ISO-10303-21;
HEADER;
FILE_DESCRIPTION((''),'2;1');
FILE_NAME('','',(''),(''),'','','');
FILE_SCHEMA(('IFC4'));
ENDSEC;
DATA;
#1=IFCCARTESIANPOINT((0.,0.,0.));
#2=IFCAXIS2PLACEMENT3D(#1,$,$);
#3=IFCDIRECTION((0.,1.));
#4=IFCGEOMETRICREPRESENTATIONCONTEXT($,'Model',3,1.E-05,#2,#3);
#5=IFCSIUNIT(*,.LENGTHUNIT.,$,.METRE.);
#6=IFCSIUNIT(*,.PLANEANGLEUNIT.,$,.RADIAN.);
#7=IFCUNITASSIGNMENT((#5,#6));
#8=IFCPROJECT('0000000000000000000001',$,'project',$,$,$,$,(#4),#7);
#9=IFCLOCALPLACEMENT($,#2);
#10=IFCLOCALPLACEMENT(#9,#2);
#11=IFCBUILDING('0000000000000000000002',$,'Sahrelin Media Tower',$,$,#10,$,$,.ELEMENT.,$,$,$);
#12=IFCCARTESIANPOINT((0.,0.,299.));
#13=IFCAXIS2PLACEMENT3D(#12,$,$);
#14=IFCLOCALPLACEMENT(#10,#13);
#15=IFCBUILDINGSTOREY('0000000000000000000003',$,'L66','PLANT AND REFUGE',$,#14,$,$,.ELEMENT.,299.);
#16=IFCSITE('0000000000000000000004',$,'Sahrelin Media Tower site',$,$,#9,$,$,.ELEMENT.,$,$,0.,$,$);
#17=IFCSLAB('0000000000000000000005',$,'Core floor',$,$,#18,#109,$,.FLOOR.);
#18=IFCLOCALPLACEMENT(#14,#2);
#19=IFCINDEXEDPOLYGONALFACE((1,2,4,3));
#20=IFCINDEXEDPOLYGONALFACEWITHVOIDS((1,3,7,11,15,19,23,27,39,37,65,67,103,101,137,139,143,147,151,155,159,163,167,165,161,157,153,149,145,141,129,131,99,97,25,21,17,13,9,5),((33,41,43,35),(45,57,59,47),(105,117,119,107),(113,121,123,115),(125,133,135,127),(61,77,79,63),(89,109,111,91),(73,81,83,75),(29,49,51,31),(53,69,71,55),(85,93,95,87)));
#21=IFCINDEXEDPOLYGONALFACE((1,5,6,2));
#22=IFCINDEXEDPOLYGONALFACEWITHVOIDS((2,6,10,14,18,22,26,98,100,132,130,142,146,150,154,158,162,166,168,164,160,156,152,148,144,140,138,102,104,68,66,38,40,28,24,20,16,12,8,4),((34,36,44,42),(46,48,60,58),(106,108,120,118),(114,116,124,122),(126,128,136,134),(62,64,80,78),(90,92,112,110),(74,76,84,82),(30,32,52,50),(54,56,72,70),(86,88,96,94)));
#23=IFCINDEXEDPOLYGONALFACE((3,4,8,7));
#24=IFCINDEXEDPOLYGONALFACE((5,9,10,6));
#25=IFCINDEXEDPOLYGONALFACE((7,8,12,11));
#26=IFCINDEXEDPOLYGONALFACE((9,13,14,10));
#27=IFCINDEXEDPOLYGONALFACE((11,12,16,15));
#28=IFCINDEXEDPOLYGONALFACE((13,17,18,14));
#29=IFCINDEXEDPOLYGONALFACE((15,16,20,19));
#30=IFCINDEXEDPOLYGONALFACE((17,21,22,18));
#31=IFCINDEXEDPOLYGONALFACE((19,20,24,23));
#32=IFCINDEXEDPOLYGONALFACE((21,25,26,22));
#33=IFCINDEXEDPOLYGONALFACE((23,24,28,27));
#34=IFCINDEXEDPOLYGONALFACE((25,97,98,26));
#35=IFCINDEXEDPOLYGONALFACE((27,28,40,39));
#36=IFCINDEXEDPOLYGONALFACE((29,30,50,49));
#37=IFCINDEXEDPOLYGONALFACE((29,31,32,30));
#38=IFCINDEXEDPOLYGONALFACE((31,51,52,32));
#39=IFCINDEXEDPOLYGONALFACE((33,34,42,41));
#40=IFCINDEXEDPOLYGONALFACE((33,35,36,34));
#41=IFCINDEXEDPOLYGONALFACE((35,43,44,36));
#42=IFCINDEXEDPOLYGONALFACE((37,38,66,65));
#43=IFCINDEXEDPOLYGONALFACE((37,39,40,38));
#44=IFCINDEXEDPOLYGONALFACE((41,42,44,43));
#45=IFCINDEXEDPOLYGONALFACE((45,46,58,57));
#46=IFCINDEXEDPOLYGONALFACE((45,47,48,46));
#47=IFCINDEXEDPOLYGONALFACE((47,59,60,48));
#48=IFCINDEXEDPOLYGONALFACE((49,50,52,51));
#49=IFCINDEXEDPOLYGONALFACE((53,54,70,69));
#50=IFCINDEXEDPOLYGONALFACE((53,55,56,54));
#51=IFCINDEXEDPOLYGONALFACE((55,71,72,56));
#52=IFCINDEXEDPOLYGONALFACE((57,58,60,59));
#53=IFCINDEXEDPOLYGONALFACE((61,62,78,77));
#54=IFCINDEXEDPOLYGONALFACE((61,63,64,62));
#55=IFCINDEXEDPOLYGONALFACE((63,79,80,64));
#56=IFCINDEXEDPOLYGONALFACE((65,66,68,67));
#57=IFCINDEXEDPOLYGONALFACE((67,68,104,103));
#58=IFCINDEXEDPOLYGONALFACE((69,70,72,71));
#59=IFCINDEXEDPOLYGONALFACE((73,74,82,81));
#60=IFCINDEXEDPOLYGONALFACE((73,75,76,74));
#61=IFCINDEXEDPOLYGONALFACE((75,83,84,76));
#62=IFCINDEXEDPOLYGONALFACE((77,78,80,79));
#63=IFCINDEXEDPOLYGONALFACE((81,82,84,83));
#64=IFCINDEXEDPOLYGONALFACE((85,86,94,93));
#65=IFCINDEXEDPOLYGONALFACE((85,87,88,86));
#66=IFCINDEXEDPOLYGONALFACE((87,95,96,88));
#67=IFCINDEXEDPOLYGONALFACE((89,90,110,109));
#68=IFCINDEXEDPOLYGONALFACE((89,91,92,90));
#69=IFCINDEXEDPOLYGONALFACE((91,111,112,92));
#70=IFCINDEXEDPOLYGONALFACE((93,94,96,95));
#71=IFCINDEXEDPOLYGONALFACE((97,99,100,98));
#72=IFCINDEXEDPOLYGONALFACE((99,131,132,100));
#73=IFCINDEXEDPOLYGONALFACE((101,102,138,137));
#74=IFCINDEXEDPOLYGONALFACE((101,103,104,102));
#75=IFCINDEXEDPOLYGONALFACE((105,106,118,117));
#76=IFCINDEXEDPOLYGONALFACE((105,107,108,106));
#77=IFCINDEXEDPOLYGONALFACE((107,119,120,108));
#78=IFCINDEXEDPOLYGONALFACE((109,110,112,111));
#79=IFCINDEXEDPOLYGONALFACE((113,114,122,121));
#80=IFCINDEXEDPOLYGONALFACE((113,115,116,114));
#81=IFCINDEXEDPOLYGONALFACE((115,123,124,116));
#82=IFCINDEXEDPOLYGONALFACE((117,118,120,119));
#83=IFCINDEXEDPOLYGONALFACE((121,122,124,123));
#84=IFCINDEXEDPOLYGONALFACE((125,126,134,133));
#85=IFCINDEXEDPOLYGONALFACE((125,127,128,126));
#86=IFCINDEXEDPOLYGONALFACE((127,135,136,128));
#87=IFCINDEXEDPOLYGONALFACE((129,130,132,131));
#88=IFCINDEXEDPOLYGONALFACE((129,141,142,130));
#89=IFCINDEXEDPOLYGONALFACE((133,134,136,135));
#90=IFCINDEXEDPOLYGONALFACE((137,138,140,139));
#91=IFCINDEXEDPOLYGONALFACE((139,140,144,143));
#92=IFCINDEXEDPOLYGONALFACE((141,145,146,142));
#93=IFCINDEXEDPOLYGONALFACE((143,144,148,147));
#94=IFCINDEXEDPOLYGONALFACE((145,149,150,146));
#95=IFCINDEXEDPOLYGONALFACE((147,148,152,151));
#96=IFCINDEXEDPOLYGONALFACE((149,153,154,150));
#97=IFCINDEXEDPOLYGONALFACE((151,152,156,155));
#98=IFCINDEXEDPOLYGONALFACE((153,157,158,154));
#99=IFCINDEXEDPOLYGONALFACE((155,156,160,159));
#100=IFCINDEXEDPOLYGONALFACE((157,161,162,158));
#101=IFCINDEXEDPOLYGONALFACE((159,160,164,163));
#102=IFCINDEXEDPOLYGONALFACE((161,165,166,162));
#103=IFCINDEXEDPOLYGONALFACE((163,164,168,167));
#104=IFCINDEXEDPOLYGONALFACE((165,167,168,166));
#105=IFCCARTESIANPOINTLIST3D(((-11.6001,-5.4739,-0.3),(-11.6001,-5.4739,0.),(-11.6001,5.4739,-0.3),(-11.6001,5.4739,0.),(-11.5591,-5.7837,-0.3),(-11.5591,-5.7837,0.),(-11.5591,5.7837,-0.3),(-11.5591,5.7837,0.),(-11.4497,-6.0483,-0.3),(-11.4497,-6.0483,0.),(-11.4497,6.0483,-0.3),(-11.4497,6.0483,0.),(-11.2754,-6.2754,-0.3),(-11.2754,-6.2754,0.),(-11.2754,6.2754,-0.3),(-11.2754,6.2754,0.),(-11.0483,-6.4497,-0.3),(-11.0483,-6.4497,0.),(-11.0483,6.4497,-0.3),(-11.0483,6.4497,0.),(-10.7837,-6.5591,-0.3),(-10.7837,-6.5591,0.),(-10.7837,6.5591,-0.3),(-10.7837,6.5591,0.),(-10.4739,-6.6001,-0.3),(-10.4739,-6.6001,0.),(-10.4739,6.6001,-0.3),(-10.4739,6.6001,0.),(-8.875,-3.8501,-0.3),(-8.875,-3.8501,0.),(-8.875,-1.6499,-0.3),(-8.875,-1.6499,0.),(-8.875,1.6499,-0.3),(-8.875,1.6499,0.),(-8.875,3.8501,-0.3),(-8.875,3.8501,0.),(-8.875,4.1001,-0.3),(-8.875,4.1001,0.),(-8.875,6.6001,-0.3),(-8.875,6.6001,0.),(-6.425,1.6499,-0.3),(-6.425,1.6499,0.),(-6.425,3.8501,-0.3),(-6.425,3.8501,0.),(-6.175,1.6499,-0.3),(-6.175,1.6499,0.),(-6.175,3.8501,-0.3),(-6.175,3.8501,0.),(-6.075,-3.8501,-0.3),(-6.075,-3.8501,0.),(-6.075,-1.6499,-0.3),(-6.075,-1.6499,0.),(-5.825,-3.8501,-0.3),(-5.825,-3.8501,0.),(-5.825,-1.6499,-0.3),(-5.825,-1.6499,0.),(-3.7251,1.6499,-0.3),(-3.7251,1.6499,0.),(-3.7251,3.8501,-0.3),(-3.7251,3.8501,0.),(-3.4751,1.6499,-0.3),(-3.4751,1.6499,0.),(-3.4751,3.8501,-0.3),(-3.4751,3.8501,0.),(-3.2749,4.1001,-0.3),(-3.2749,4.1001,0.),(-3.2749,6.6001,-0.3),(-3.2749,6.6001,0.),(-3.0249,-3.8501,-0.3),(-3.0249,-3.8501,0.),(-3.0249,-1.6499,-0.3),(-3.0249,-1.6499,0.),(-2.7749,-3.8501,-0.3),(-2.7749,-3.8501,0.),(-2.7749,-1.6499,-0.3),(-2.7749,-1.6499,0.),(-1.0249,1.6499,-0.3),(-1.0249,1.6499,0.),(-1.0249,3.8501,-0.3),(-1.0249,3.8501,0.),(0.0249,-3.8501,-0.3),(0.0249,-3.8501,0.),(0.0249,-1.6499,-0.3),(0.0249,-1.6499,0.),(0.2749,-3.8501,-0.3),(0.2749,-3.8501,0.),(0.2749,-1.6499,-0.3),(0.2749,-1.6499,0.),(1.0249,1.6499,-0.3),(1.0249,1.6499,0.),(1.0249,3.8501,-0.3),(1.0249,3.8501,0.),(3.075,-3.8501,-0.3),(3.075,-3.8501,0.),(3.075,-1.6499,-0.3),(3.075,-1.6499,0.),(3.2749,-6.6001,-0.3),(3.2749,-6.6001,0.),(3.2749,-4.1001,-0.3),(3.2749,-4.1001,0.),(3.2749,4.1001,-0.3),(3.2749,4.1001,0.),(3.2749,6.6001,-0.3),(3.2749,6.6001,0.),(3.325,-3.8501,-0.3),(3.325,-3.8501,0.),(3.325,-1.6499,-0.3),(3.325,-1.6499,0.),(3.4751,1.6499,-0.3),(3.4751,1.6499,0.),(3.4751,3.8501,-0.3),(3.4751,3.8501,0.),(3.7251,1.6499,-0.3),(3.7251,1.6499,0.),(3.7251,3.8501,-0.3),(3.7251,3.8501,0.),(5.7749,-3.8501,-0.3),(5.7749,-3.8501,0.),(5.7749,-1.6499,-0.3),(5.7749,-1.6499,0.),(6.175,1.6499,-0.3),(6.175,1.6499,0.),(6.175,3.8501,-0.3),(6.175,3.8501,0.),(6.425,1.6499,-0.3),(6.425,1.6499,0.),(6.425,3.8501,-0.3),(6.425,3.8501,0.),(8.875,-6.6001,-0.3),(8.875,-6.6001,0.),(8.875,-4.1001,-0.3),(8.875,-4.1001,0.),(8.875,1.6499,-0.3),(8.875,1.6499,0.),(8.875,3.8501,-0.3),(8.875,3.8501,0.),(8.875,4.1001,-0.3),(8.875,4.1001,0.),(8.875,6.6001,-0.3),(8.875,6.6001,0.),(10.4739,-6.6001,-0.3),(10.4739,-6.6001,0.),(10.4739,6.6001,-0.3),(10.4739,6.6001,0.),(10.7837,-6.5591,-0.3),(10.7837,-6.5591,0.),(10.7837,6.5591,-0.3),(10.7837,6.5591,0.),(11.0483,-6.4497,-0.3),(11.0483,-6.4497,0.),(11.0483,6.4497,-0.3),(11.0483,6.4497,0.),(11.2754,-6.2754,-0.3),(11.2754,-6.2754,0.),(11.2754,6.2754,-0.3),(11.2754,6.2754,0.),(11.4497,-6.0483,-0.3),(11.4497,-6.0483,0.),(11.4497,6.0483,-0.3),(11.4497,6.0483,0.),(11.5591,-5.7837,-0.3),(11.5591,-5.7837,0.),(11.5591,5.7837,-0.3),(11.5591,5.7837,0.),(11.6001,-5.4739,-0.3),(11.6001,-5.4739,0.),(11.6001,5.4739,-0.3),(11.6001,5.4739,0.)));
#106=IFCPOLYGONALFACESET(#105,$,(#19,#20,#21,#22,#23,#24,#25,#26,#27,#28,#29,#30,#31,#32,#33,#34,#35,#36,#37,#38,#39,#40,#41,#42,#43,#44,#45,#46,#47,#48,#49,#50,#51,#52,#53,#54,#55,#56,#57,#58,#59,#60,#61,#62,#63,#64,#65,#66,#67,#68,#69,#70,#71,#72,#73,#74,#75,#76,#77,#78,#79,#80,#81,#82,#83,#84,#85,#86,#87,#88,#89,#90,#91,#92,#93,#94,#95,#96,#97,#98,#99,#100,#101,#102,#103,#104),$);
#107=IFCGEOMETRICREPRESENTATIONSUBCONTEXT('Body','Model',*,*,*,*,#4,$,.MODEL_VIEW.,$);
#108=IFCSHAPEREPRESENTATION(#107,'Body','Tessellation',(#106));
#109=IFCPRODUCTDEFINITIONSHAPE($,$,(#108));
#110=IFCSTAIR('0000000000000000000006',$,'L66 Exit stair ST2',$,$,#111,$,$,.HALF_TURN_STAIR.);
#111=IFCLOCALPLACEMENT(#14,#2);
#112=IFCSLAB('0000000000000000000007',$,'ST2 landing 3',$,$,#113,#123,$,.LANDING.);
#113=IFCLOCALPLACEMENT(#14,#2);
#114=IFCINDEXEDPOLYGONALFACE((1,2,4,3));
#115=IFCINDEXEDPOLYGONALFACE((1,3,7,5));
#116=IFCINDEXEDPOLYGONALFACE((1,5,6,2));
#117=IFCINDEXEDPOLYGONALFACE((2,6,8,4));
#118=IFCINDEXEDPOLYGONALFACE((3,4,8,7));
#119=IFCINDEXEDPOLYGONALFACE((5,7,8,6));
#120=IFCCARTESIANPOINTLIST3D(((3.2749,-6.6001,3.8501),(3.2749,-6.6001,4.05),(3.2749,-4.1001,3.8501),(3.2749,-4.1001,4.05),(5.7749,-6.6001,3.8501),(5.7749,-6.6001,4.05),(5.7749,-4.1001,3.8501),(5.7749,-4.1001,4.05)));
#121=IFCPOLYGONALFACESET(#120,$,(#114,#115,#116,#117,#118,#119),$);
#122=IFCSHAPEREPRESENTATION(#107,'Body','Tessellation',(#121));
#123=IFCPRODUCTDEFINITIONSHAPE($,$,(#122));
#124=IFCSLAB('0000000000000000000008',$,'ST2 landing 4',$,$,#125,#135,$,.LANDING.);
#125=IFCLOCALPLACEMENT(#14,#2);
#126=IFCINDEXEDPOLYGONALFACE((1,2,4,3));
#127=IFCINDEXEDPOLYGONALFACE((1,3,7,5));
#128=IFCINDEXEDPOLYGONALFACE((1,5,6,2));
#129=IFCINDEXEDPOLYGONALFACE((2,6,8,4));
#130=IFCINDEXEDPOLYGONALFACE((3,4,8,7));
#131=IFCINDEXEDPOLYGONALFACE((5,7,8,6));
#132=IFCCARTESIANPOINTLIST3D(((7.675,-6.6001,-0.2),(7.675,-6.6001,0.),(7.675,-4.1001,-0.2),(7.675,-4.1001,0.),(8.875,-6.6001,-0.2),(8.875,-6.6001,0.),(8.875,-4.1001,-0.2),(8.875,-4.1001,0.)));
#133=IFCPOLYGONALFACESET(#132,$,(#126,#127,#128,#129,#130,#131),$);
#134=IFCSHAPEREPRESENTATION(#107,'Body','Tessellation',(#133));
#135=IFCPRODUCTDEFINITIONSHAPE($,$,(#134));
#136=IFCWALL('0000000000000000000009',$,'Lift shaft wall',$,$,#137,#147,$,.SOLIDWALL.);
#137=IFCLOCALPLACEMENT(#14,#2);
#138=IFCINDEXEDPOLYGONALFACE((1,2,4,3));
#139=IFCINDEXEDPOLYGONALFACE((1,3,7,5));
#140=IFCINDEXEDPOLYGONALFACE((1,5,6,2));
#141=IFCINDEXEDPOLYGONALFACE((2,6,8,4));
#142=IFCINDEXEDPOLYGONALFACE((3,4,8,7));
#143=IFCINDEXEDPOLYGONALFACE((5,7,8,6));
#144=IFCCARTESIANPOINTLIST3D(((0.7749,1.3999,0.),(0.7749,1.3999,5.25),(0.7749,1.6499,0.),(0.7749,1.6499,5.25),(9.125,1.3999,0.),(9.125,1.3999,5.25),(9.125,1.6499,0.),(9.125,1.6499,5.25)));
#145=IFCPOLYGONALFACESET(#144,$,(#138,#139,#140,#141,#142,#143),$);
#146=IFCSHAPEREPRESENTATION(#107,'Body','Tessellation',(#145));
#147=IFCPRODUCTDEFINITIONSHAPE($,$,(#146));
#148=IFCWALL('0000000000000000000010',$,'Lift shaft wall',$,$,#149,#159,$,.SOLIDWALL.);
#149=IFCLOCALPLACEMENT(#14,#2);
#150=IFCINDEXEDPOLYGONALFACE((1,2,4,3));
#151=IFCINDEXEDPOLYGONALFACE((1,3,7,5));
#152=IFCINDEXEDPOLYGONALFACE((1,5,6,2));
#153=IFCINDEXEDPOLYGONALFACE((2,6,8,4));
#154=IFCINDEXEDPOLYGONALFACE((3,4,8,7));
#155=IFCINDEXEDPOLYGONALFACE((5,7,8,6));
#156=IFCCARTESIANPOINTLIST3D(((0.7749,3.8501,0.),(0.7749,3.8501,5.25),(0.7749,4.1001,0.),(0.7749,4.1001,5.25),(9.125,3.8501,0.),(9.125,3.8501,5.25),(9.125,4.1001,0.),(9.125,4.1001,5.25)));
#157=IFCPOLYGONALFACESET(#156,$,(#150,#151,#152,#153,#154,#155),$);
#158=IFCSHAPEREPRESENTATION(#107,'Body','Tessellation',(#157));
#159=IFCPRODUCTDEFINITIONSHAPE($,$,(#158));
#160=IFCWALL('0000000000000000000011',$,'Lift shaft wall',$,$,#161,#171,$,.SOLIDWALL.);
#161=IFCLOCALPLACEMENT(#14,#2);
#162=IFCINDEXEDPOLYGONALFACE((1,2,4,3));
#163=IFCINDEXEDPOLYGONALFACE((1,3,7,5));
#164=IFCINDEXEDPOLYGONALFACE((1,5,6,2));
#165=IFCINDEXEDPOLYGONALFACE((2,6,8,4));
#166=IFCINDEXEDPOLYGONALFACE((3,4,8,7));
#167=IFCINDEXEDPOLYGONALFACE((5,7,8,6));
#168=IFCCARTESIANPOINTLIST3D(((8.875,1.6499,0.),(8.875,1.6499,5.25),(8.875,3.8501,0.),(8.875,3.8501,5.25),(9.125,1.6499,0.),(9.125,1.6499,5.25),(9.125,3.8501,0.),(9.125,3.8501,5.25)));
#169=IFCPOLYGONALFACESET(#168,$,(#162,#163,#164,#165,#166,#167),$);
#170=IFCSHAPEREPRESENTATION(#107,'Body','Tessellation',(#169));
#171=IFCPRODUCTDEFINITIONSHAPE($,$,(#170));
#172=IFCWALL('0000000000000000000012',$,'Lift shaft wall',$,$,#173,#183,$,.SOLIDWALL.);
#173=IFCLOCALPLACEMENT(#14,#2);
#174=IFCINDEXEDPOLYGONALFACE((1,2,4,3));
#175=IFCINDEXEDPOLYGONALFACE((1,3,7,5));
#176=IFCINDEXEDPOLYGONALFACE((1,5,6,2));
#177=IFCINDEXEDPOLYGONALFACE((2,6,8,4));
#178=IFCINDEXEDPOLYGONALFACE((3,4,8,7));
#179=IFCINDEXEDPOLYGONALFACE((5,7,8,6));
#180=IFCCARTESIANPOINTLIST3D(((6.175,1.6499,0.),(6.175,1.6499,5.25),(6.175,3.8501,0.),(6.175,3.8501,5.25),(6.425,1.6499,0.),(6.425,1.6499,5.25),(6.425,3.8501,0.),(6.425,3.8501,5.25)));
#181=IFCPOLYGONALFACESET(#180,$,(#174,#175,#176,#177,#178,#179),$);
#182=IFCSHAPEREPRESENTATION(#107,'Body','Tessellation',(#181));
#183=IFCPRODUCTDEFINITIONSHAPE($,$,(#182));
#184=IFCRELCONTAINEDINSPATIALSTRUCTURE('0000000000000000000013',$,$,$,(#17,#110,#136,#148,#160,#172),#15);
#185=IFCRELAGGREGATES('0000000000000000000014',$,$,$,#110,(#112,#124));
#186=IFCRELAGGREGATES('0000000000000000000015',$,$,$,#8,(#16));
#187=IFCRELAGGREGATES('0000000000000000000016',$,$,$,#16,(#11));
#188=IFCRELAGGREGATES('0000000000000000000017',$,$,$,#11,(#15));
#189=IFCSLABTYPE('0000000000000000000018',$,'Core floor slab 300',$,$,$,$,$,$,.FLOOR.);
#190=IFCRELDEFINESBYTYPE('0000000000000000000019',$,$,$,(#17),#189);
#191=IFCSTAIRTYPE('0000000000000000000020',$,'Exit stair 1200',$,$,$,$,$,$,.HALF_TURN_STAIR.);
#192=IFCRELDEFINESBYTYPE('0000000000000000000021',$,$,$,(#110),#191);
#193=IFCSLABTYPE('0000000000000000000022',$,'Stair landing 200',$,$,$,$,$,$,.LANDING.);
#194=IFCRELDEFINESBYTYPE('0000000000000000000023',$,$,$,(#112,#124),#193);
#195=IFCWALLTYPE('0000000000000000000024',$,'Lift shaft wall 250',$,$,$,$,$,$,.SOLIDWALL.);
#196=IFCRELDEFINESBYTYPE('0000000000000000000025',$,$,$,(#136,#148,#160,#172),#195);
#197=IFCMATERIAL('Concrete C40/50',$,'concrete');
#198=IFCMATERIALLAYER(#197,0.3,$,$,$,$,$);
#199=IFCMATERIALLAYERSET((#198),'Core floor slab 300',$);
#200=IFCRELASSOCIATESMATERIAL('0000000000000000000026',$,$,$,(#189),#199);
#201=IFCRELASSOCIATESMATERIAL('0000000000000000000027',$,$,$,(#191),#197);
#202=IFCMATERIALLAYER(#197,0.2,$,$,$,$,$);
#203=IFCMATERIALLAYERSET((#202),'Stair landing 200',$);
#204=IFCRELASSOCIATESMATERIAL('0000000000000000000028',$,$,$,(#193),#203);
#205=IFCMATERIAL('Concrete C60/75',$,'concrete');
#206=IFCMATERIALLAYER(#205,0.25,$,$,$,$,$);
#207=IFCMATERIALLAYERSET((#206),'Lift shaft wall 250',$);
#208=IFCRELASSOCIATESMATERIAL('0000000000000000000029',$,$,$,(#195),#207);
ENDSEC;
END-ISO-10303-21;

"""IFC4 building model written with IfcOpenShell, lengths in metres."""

from ifc_helpers import new_model, si_unit, direction, frame, frame_2d, origin, place, context, subcontext, project, spatial, polyline, rectangle, outline, extrude, material, layer, layer_set, type_object, element, aggregate, save


model = new_model("IFC4")

# Units and contexts
model_context = context("Model", 3, precision=1e-05, world=origin(), true_north=direction((0.0, 1.0)))
body_context = subcontext(model_context, "Body", "Model", "MODEL_VIEW")
ifc_project = project(units=[si_unit("LENGTHUNIT", "METRE"), si_unit("PLANEANGLEUNIT", "RADIAN")], contexts=[model_context])

# Site, building, storey
site_placement = place(None, origin())
site = spatial("IfcSite", under=ifc_project, at=site_placement, Name="Sahrelin Media Tower site", CompositionType="ELEMENT", RefElevation=0.0)
building_placement = place(site_placement, origin())
building = spatial("IfcBuilding", under=site, at=building_placement, Name="Sahrelin Media Tower", CompositionType="ELEMENT")
storey_placement = place(building_placement, frame((0.0, 0.0, 299.0)))
storey = spatial("IfcBuildingStorey", under=building, at=storey_placement, Name="L66", Description="PLANT AND REFUGE", CompositionType="ELEMENT", Elevation=299.0)

# Slab
ifc_material_1 = material(Name="Concrete C40/50", Category="concrete")
ifc_layer_1 = layer(ifc_material_1, 0.3)
ifc_layer_set_1 = layer_set([ifc_layer_1], Name="Core floor slab 300")
slab_type_1 = type_object("IfcSlabType", Name="Core floor slab 300", PredefinedType="FLOOR", material=ifc_layer_set_1)
slab_1_placement = place(storey_placement, frame((0.0, 0.0, -0.3)))
element("IfcSlab", 1, at=slab_1_placement, inside=storey, type_object=slab_type_1, Name="Core floor", PredefinedType="FLOOR", context=body_context, shape_type="SweptSolid", body=[
    extrude(outline(polyline([(-11.6001, -5.4739), (-11.5591, -5.7837), (-11.4497, -6.0483), (-11.2754, -6.2754), (-11.0483, -6.4497), (-10.7837, -6.5591), (-10.4739, -6.6001), (3.2749, -6.6001), (3.2749, -4.1001), (8.875, -4.1001), (8.875, -6.6001), (10.4739, -6.6001), (10.7837, -6.5591), (11.0483, -6.4497), (11.2754, -6.2754), (11.4497, -6.0483), (11.5591, -5.7837), (11.6001, -5.4739), (11.6001, 5.4739), (11.5591, 5.7837), (11.4497, 6.0483), (11.2754, 6.2754), (11.0483, 6.4497), (10.7837, 6.5591), (10.4739, 6.6001), (8.875, 6.6001), (8.875, 4.1001), (3.2749, 4.1001), (3.2749, 6.6001), (-3.2749, 6.6001), (-3.2749, 4.1001), (-8.875, 4.1001), (-8.875, 6.6001), (-10.4739, 6.6001), (-10.7837, 6.5591), (-11.0483, 6.4497), (-11.2754, 6.2754), (-11.4497, 6.0483), (-11.5591, 5.7837), (-11.6001, 5.4739), (-11.6001, -5.4739)]), holes=[polyline([(-8.875, 3.8501), (-8.875, 1.6499), (-6.425, 1.6499), (-6.425, 3.8501), (-8.875, 3.8501)]), polyline([(-3.7251, 3.8501), (-6.175, 3.8501), (-6.175, 1.6499), (-3.7251, 1.6499), (-3.7251, 3.8501)]), polyline([(-1.0249, 1.6499), (-1.0249, 3.8501), (-3.4751, 3.8501), (-3.4751, 1.6499), (-1.0249, 1.6499)]), polyline([(1.0249, 1.6499), (3.4751, 1.6499), (3.4751, 3.8501), (1.0249, 3.8501), (1.0249, 1.6499)]), polyline([(3.7251, 3.8501), (3.7251, 1.6499), (6.175, 1.6499), (6.175, 3.8501), (3.7251, 3.8501)]), polyline([(8.875, 3.8501), (6.425, 3.8501), (6.425, 1.6499), (8.875, 1.6499), (8.875, 3.8501)]), polyline([(-6.075, -3.8501), (-6.075, -1.6499), (-8.875, -1.6499), (-8.875, -3.8501), (-6.075, -3.8501)]), polyline([(-5.825, -3.8501), (-3.0249, -3.8501), (-3.0249, -1.6499), (-5.825, -1.6499), (-5.825, -3.8501)]), polyline([(-2.7749, -1.6499), (-2.7749, -3.8501), (0.0249, -3.8501), (0.0249, -1.6499), (-2.7749, -1.6499)]), polyline([(3.075, -1.6499), (0.2749, -1.6499), (0.2749, -3.8501), (3.075, -3.8501), (3.075, -1.6499)]), polyline([(5.7749, -3.8501), (5.7749, -1.6499), (3.325, -1.6499), (3.325, -3.8501), (5.7749, -3.8501)])]), origin(), (0.0, 0.0, 1.0), 0.3),
])

# Stair, slabs
stair_type = type_object("IfcStairType", Name="Exit stair 1200", PredefinedType="HALF_TURN_STAIR", material=ifc_material_1)
stair_placement = place(storey_placement, origin())
stair = element("IfcStair", 2, at=stair_placement, inside=storey, type_object=stair_type, Name="L66 Exit stair ST2", PredefinedType="HALF_TURN_STAIR")
ifc_layer_2 = layer(ifc_material_1, 0.2)
ifc_layer_set_2 = layer_set([ifc_layer_2], Name="Stair landing 200")
slab_type_2 = type_object("IfcSlabType", Name="Stair landing 200", PredefinedType="LANDING", material=ifc_layer_set_2)
slab_2_placement = place(storey_placement, frame((0.0, 0.0, 3.8501)))
slab_2 = element("IfcSlab", 3, at=slab_2_placement, type_object=slab_type_2, Name="ST2 landing 3", PredefinedType="LANDING", context=body_context, shape_type="SweptSolid", body=[
    extrude(outline(polyline([(5.7749, -4.1001), (3.2749, -4.1001), (3.2749, -6.6001), (5.7749, -6.6001), (5.7749, -4.1001)])), origin(), (0.0, 0.0, 1.0), 0.2),
])
slab_3_placement = place(storey_placement, frame((0.0, 0.0, -0.2)))
slab_3 = element("IfcSlab", 4, at=slab_3_placement, type_object=slab_type_2, Name="ST2 landing 4", PredefinedType="LANDING", context=body_context, shape_type="SweptSolid", body=[
    extrude(outline(polyline([(8.875, -4.1001), (7.675, -4.1001), (7.675, -6.6001), (8.875, -6.6001), (8.875, -4.1001)])), origin(), (0.0, 0.0, 1.0), 0.2),
])
aggregate(stair, [slab_2, slab_3])

# Walls
ifc_material_2 = material(Name="Concrete C60/75", Category="concrete")
ifc_layer_3 = layer(ifc_material_2, 0.25)
ifc_layer_set_3 = layer_set([ifc_layer_3], Name="Lift shaft wall 250")
wall_type_1 = type_object("IfcWallType", Name="Lift shaft wall 250", PredefinedType="SOLIDWALL", material=ifc_layer_set_3)
for number, where, z_axis, x_axis, name in (
    (5, (0.7749, 1.5249, 0.0), (0.0, 0.0, 1.0), (1.0, 0.0, 0.0), "Lift shaft wall"),
    (6, (0.7749, 3.9751, 0.0), (0.0, 0.0, 1.0), (1.0, 0.0, 0.0), "Lift shaft wall"),
):
    element("IfcWall", number, at=place(storey_placement, frame(where, z_axis=z_axis, x_axis=x_axis)), inside=storey, type_object=wall_type_1, Name=name, PredefinedType="SOLIDWALL", context=body_context, shape_type="SweptSolid", body=[
        extrude(rectangle(XDim=8.3501, YDim=0.25, at=frame_2d((4.175, 0.0))), origin(), (0.0, 0.0, 1.0), 5.25),
    ])
for number, where, z_axis, x_axis, name in (
    (7, (9.0, 1.6499, 0.0), (0.0, 0.0, 1.0), (0.0, 1.0, 0.0), "Lift shaft wall"),
    (8, (6.3, 1.6499, 0.0), (0.0, 0.0, 1.0), (0.0, 1.0, 0.0), "Lift shaft wall"),
):
    element("IfcWall", number, at=place(storey_placement, frame(where, z_axis=z_axis, x_axis=x_axis)), inside=storey, type_object=wall_type_1, Name=name, PredefinedType="SOLIDWALL", context=body_context, shape_type="SweptSolid", body=[
        extrude(rectangle(XDim=2.2002, YDim=0.25, at=frame_2d((1.1001, 0.0))), origin(), (0.0, 0.0, 1.0), 5.25),
    ])

save(model, "model.ifc")
